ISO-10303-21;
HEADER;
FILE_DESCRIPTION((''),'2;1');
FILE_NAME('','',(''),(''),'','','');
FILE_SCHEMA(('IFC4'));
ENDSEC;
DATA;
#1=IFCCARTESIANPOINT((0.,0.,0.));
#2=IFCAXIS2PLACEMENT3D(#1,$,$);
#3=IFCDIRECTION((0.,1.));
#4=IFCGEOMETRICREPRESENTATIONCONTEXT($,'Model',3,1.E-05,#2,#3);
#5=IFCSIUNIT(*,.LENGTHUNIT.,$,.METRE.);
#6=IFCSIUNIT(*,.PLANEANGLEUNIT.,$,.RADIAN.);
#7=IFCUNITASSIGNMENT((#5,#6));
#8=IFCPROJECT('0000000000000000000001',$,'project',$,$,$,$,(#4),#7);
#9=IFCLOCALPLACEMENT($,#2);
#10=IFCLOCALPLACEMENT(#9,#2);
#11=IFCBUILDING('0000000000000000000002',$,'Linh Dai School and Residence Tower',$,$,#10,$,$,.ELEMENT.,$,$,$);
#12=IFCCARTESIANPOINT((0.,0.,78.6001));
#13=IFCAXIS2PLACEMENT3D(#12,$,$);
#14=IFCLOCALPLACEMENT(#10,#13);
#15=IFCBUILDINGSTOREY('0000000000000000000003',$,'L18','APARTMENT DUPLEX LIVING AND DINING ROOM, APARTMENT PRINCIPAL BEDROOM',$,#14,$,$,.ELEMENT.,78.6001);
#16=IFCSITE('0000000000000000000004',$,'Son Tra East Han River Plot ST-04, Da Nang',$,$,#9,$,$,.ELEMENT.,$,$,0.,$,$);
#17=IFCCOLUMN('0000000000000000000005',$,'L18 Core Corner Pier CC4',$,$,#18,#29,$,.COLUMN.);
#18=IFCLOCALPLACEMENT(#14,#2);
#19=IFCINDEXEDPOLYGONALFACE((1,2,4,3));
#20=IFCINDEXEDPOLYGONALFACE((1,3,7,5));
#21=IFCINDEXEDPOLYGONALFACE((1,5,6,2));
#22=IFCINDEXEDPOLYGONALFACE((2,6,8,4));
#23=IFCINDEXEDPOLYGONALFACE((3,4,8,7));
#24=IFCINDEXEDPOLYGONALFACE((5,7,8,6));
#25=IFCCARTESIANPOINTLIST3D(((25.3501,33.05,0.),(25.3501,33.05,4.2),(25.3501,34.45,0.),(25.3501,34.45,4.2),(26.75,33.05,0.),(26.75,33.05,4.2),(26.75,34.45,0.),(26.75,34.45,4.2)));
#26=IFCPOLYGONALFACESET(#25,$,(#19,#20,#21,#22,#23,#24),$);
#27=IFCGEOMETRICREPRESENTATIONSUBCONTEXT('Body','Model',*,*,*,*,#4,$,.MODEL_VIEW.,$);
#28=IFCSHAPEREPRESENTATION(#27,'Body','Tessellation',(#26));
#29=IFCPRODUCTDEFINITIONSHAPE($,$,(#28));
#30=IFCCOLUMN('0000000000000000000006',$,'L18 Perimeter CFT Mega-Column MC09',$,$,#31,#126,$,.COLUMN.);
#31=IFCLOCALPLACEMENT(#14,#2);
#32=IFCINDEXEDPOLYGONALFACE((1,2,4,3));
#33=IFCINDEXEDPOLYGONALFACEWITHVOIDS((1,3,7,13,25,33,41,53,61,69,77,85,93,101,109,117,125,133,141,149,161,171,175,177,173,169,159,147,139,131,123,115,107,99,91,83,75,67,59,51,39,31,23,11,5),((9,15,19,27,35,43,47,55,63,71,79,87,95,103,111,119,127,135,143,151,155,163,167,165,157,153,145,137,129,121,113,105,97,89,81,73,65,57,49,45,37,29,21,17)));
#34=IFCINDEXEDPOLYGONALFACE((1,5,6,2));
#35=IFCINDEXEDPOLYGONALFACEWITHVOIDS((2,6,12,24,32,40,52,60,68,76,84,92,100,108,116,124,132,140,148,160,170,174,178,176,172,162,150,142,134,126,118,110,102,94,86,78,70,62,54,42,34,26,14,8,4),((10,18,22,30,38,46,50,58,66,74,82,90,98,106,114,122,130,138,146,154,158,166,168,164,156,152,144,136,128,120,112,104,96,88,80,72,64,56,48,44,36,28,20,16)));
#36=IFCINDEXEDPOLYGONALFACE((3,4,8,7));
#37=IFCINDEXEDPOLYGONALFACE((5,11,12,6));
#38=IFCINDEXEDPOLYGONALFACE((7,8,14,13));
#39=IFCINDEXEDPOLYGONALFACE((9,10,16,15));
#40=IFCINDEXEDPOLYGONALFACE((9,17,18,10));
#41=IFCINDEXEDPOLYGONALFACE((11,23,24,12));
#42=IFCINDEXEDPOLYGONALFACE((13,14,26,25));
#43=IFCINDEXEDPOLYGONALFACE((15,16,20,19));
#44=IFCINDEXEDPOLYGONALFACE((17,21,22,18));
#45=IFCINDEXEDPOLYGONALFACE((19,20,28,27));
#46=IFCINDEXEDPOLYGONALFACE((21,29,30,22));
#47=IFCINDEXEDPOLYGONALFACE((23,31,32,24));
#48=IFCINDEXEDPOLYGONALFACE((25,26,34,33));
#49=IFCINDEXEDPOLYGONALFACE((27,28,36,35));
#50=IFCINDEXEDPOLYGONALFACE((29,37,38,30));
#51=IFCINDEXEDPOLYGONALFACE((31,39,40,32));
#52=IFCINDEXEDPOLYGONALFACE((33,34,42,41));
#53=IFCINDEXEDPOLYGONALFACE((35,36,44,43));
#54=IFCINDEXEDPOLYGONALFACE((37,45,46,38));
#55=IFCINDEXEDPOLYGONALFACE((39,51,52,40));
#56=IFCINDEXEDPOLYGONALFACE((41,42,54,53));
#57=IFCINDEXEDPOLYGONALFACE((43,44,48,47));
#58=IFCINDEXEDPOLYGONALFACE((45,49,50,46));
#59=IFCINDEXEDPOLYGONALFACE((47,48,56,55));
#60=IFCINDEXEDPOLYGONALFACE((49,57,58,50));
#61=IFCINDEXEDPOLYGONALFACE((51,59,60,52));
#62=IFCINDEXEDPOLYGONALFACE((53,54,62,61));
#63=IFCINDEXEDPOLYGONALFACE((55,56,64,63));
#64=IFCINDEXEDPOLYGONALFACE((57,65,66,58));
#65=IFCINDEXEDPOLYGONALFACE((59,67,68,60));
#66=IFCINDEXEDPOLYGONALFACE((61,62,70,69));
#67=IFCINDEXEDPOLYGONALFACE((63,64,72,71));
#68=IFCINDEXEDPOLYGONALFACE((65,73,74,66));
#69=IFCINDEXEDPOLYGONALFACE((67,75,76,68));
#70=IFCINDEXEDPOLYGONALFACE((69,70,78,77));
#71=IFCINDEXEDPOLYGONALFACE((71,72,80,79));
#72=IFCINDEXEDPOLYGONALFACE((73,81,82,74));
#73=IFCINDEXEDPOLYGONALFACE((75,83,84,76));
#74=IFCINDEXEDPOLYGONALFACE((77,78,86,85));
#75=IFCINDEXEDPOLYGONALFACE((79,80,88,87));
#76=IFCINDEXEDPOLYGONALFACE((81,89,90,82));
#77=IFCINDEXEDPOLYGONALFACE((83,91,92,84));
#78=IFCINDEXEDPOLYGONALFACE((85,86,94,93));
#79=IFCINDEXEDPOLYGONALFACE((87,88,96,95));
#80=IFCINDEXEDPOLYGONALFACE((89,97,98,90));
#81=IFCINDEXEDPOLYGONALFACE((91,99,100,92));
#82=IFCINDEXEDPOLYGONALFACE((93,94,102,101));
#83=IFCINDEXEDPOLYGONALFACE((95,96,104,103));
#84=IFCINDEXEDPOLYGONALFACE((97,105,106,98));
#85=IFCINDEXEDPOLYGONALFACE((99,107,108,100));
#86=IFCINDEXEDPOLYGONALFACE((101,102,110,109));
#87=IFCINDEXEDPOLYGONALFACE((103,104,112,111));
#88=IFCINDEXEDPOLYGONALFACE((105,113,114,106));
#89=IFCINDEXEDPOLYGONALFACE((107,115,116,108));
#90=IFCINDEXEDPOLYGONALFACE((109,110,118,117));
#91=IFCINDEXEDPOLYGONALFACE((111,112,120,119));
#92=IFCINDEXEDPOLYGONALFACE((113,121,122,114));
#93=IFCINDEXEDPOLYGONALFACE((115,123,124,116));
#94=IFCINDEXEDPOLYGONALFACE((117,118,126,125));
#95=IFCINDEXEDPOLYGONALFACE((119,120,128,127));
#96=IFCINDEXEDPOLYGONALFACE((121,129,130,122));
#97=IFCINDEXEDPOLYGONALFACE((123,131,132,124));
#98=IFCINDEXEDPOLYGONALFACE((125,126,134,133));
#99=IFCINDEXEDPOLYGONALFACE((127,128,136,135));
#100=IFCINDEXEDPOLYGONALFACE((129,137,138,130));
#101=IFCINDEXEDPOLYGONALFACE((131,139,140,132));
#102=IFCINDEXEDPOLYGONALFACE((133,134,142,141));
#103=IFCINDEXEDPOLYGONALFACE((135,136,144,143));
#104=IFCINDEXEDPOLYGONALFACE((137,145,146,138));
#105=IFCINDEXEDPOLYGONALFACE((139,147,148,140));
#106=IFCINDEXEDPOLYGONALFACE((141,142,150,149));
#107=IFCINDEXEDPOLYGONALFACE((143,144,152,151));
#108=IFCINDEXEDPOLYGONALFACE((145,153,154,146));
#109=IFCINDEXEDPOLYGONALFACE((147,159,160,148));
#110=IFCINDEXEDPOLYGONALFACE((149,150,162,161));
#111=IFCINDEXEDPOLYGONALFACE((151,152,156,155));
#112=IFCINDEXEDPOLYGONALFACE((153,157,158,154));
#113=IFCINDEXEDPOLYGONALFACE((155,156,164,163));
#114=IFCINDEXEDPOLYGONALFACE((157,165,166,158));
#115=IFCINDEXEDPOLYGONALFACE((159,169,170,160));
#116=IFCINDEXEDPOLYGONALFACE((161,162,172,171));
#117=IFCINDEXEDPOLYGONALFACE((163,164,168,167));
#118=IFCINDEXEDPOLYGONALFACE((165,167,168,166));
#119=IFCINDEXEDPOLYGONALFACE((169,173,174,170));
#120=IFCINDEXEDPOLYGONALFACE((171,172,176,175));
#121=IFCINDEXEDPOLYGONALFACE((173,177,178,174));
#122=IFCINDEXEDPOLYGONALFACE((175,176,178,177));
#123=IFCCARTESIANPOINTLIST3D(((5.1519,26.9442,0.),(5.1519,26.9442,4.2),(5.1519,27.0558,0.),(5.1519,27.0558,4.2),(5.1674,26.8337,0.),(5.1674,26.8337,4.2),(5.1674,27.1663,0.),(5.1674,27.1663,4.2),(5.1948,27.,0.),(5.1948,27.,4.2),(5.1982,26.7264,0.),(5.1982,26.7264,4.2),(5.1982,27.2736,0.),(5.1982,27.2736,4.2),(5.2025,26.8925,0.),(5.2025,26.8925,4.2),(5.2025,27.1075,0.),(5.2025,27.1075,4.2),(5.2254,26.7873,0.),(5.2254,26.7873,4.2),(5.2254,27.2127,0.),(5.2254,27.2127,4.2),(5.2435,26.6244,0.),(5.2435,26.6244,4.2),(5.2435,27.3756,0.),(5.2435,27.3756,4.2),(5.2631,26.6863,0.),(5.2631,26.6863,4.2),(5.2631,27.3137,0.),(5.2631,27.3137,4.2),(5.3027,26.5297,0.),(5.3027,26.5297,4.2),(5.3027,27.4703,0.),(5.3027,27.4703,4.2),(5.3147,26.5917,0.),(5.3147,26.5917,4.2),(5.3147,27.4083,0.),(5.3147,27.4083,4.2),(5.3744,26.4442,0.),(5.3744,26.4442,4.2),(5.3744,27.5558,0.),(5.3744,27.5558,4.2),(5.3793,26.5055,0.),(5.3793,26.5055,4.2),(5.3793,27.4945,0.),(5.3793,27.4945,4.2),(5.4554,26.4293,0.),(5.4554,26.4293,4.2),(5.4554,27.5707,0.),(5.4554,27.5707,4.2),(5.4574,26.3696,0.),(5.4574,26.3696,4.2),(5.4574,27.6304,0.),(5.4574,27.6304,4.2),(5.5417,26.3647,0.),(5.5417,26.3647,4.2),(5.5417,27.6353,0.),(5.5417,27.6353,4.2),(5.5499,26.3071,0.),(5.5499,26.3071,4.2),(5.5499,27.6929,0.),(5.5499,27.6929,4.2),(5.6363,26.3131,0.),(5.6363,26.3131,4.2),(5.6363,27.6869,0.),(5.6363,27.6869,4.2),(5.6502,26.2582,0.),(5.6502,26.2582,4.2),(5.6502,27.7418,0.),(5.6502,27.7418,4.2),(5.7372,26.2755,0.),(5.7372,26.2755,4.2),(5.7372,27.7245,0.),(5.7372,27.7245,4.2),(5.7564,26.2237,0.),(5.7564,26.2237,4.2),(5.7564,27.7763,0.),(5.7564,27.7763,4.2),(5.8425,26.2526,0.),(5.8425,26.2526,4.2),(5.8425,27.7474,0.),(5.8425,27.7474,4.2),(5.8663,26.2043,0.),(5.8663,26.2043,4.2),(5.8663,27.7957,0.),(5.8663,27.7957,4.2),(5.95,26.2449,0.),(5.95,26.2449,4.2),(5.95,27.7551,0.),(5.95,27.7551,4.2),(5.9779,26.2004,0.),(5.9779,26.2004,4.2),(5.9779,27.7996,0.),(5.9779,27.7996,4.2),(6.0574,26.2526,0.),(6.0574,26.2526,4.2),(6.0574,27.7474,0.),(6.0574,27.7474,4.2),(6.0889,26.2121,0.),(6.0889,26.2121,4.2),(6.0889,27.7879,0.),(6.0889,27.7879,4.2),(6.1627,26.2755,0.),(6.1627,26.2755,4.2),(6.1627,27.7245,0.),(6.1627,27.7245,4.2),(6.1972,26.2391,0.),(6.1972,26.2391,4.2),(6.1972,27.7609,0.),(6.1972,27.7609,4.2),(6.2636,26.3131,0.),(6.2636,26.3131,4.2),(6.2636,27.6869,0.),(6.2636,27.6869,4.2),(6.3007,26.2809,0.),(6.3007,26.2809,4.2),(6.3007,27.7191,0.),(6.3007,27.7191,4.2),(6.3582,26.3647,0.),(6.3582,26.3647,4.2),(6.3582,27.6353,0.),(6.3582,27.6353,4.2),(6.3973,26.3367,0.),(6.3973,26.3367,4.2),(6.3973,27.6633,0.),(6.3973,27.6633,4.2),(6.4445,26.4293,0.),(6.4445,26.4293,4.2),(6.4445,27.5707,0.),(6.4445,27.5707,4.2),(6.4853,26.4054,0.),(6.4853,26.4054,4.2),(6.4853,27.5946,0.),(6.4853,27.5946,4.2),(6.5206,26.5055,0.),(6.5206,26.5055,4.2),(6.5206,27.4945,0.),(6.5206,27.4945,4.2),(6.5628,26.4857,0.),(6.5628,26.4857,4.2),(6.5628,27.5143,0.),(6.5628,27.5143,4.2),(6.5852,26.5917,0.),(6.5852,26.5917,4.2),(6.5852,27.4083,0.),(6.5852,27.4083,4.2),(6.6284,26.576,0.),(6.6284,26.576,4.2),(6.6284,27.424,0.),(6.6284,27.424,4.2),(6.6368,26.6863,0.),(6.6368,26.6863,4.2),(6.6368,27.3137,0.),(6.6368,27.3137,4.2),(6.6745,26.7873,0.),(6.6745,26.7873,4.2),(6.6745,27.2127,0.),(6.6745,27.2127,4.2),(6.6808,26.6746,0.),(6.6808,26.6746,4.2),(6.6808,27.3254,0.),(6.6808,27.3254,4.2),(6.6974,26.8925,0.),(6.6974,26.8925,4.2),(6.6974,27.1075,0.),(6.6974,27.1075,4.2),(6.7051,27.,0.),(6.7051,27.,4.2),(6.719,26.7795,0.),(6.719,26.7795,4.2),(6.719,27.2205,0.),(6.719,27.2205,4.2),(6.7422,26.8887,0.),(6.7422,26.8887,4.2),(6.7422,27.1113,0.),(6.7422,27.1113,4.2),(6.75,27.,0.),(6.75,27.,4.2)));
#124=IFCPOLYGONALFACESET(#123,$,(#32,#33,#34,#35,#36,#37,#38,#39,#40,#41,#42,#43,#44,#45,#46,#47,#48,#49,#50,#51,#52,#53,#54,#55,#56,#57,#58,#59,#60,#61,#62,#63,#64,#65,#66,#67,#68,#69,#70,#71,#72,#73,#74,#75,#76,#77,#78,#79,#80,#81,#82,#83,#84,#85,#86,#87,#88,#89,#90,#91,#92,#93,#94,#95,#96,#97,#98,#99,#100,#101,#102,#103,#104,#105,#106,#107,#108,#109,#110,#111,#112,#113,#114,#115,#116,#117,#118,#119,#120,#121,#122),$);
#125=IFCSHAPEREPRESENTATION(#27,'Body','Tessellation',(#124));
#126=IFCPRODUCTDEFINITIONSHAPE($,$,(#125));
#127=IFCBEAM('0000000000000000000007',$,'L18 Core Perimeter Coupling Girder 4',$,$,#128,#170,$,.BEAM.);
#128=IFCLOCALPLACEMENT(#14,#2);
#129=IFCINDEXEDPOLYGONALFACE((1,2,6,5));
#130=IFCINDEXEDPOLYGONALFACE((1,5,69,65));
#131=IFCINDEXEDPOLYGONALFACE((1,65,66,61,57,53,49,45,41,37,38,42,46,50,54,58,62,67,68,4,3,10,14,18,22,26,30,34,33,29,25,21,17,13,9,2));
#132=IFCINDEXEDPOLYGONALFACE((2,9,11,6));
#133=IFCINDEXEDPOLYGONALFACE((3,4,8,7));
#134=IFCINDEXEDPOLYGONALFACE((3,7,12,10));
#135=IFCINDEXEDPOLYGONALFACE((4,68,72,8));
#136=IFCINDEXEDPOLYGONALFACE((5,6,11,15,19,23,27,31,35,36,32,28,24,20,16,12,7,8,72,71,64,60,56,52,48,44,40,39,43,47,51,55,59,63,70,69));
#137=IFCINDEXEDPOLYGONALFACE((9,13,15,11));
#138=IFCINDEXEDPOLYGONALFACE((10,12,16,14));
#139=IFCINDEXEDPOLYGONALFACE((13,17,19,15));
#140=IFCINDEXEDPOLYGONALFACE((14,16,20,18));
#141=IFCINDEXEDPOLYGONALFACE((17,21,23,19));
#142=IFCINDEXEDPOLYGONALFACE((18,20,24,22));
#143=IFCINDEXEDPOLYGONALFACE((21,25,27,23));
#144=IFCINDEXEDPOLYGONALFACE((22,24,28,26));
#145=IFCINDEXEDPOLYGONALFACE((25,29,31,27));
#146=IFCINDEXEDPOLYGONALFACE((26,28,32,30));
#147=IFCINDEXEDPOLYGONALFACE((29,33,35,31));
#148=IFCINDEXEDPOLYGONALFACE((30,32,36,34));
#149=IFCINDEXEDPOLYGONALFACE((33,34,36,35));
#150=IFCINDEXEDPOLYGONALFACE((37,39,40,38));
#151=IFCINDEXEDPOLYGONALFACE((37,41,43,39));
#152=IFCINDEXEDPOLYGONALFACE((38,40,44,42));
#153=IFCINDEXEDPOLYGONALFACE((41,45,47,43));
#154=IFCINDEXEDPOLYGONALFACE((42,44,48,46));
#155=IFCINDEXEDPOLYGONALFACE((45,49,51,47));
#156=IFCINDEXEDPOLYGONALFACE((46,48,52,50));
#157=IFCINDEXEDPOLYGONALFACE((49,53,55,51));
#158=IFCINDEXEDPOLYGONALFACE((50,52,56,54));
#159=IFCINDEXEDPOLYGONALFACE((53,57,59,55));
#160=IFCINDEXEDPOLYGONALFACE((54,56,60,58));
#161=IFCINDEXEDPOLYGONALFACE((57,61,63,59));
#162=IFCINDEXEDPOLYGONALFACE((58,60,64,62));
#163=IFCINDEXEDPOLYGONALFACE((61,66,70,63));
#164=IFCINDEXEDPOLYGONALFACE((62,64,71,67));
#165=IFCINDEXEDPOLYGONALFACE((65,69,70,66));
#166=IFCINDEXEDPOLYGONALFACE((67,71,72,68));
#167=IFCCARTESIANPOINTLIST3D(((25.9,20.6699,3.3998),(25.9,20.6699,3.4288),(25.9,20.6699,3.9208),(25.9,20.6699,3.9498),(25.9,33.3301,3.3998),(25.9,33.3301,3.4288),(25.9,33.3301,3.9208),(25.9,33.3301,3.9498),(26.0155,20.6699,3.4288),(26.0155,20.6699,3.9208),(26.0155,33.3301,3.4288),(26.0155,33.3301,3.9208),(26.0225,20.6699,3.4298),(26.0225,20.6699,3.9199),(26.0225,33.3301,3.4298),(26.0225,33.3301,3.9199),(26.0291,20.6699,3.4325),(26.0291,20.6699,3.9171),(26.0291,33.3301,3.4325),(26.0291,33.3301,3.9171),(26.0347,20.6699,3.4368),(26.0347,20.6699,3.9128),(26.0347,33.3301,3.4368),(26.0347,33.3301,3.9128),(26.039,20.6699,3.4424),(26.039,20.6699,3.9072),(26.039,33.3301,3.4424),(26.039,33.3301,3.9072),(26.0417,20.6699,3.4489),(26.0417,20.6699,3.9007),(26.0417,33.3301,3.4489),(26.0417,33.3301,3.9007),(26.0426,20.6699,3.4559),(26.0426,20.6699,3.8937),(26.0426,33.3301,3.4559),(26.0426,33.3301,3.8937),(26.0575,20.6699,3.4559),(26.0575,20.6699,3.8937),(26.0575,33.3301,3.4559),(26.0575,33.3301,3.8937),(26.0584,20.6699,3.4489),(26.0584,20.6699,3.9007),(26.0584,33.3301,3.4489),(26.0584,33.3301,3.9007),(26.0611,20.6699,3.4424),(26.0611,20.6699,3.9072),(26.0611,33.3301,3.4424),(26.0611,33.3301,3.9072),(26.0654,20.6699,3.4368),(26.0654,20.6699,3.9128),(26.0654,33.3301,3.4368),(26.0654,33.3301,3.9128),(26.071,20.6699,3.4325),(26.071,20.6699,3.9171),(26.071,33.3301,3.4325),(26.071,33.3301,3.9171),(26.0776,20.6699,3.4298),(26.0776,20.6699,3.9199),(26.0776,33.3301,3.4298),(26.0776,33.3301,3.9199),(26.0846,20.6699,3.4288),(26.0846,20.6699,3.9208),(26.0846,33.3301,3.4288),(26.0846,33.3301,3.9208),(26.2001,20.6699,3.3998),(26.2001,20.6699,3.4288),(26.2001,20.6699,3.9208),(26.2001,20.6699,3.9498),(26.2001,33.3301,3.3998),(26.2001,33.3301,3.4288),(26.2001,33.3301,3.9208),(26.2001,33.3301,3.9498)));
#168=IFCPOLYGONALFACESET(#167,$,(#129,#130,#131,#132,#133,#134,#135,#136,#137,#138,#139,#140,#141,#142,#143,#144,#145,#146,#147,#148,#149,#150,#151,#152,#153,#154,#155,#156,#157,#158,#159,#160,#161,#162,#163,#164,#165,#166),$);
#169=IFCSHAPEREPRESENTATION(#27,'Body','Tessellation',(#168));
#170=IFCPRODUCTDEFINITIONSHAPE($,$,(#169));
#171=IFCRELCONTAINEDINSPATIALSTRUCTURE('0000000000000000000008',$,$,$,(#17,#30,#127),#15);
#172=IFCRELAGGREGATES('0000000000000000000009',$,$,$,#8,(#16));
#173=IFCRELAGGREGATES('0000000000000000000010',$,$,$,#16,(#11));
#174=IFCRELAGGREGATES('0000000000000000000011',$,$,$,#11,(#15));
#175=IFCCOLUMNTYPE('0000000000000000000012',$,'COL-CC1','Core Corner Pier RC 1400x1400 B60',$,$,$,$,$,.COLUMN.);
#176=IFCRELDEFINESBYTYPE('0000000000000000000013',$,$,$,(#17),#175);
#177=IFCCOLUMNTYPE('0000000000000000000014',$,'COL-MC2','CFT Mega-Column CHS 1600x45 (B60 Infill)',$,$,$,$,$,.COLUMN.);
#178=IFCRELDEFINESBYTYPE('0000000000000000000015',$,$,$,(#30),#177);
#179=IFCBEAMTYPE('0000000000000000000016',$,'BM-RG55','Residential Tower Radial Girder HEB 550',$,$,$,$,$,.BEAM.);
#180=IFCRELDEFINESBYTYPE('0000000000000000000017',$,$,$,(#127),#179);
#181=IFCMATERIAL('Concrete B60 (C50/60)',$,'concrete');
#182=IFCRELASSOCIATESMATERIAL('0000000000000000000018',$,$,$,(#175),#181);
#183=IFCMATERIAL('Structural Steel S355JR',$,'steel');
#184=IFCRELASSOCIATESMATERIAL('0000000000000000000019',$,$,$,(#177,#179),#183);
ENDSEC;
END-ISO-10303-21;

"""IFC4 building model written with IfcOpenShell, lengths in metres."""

from ifc_helpers import new_model, si_unit, direction, frame, origin, origin_2d, place, context, subcontext, project, spatial, rectangle, hollow_circle, i_section, extrude, material, material_profile, profile_set, type_object, element, save


model = new_model("IFC4")

# Units and contexts
model_context = context("Model", 3, precision=1e-05, world=origin(), true_north=direction((0.0, 1.0)))
body_context = subcontext(model_context, "Body", "Model", "MODEL_VIEW")
ifc_project = project(units=[si_unit("LENGTHUNIT", "METRE"), si_unit("PLANEANGLEUNIT", "RADIAN")], contexts=[model_context])

# Site, building, storey
site_placement = place(None, origin())
site = spatial("IfcSite", under=ifc_project, at=site_placement, Name="Son Tra East Han River Plot ST-04, Da Nang", CompositionType="ELEMENT", RefElevation=0.0)
building_placement = place(site_placement, origin())
building = spatial("IfcBuilding", under=site, at=building_placement, Name="Linh Dai School and Residence Tower", CompositionType="ELEMENT")
storey_placement = place(building_placement, frame((0.0, 0.0, 78.6001)))
storey = spatial("IfcBuildingStorey", under=building, at=storey_placement, Name="L18", Description="APARTMENT DUPLEX LIVING AND DINING ROOM, APARTMENT PRINCIPAL BEDROOM", CompositionType="ELEMENT", Elevation=78.6001)

# Columns
ifc_material_1 = material(Name="Concrete B60 (C50/60)", Category="concrete")
ifc_material_profile_1 = material_profile(ifc_material_1, rectangle(XDim=1.3999, YDim=1.3999, at=origin_2d()), Name="RC 1400x1400")
ifc_profile_set_1 = profile_set([ifc_material_profile_1], Name="Concrete B60 (C50/60)")
column_type_1 = type_object("IfcColumnType", Name="COL-CC1", Description="Core Corner Pier RC 1400x1400 B60", PredefinedType="COLUMN", material=ifc_profile_set_1)
column_1_placement = place(storey_placement, frame((26.05, 33.75, 0.0), z_axis=(0.0, 0.0, 1.0), x_axis=(1.0, 0.0, 0.0)))
element("IfcColumn", 1, at=column_1_placement, inside=storey, type_object=column_type_1, Name="L18 Core Corner Pier CC4", PredefinedType="COLUMN", context=body_context, shape_type="SweptSolid", body=[
    extrude(rectangle(XDim=1.3999, YDim=1.3999, at=origin_2d()), origin(), (0.0, 0.0, 1.0), 4.2),
])
ifc_material_2 = material(Name="Structural Steel S355JR", Category="steel")
ifc_material_profile_2 = material_profile(ifc_material_2, hollow_circle(Radius=0.8, WallThickness=0.0449, at=origin_2d()), Name="CHS 1600x45")
ifc_profile_set_2 = profile_set([ifc_material_profile_2], Name="Structural Steel S355JR")
column_type_2 = type_object("IfcColumnType", Name="COL-MC2", Description="CFT Mega-Column CHS 1600x45 (B60 Infill)", PredefinedType="COLUMN", material=ifc_profile_set_2)
column_2_placement = place(storey_placement, frame((5.95, 27.0, 0.0), z_axis=(0.0, 0.0, 1.0), x_axis=(1.0, 0.0, 0.0)))
element("IfcColumn", 2, at=column_2_placement, inside=storey, type_object=column_type_2, Name="L18 Perimeter CFT Mega-Column MC09", PredefinedType="COLUMN", context=body_context, shape_type="SweptSolid", body=[
    extrude(hollow_circle(Radius=0.8, WallThickness=0.0449, at=origin_2d()), origin(), (0.0, 0.0, 1.0), 4.2),
])

# Beam
ifc_material_profile_3 = material_profile(ifc_material_2, i_section(OverallWidth=0.3, OverallDepth=0.55, WebThickness=0.0149, FlangeThickness=0.0291, FilletRadius=0.0271, at=origin_2d()), Name="HEB 550")
ifc_profile_set_3 = profile_set([ifc_material_profile_3], Name="Structural Steel S355JR")
beam_type_1 = type_object("IfcBeamType", Name="BM-RG55", Description="Residential Tower Radial Girder HEB 550", PredefinedType="BEAM", material=ifc_profile_set_3)
beam_1_placement = place(storey_placement, frame((26.05, 33.3301, 3.6748), z_axis=(0.0, -1.0, 0.0), x_axis=(1.0, 0.0, 0.0)))
element("IfcBeam", 3, at=beam_1_placement, inside=storey, type_object=beam_type_1, Name="L18 Core Perimeter Coupling Girder 4", PredefinedType="BEAM", context=body_context, shape_type="SweptSolid", body=[
    extrude(i_section(OverallWidth=0.3, OverallDepth=0.55, WebThickness=0.0149, FlangeThickness=0.0291, FilletRadius=0.0271, at=origin_2d()), origin(), (0.0, 0.0, 1.0), 12.6602),
])

save(model, "model.ifc")
